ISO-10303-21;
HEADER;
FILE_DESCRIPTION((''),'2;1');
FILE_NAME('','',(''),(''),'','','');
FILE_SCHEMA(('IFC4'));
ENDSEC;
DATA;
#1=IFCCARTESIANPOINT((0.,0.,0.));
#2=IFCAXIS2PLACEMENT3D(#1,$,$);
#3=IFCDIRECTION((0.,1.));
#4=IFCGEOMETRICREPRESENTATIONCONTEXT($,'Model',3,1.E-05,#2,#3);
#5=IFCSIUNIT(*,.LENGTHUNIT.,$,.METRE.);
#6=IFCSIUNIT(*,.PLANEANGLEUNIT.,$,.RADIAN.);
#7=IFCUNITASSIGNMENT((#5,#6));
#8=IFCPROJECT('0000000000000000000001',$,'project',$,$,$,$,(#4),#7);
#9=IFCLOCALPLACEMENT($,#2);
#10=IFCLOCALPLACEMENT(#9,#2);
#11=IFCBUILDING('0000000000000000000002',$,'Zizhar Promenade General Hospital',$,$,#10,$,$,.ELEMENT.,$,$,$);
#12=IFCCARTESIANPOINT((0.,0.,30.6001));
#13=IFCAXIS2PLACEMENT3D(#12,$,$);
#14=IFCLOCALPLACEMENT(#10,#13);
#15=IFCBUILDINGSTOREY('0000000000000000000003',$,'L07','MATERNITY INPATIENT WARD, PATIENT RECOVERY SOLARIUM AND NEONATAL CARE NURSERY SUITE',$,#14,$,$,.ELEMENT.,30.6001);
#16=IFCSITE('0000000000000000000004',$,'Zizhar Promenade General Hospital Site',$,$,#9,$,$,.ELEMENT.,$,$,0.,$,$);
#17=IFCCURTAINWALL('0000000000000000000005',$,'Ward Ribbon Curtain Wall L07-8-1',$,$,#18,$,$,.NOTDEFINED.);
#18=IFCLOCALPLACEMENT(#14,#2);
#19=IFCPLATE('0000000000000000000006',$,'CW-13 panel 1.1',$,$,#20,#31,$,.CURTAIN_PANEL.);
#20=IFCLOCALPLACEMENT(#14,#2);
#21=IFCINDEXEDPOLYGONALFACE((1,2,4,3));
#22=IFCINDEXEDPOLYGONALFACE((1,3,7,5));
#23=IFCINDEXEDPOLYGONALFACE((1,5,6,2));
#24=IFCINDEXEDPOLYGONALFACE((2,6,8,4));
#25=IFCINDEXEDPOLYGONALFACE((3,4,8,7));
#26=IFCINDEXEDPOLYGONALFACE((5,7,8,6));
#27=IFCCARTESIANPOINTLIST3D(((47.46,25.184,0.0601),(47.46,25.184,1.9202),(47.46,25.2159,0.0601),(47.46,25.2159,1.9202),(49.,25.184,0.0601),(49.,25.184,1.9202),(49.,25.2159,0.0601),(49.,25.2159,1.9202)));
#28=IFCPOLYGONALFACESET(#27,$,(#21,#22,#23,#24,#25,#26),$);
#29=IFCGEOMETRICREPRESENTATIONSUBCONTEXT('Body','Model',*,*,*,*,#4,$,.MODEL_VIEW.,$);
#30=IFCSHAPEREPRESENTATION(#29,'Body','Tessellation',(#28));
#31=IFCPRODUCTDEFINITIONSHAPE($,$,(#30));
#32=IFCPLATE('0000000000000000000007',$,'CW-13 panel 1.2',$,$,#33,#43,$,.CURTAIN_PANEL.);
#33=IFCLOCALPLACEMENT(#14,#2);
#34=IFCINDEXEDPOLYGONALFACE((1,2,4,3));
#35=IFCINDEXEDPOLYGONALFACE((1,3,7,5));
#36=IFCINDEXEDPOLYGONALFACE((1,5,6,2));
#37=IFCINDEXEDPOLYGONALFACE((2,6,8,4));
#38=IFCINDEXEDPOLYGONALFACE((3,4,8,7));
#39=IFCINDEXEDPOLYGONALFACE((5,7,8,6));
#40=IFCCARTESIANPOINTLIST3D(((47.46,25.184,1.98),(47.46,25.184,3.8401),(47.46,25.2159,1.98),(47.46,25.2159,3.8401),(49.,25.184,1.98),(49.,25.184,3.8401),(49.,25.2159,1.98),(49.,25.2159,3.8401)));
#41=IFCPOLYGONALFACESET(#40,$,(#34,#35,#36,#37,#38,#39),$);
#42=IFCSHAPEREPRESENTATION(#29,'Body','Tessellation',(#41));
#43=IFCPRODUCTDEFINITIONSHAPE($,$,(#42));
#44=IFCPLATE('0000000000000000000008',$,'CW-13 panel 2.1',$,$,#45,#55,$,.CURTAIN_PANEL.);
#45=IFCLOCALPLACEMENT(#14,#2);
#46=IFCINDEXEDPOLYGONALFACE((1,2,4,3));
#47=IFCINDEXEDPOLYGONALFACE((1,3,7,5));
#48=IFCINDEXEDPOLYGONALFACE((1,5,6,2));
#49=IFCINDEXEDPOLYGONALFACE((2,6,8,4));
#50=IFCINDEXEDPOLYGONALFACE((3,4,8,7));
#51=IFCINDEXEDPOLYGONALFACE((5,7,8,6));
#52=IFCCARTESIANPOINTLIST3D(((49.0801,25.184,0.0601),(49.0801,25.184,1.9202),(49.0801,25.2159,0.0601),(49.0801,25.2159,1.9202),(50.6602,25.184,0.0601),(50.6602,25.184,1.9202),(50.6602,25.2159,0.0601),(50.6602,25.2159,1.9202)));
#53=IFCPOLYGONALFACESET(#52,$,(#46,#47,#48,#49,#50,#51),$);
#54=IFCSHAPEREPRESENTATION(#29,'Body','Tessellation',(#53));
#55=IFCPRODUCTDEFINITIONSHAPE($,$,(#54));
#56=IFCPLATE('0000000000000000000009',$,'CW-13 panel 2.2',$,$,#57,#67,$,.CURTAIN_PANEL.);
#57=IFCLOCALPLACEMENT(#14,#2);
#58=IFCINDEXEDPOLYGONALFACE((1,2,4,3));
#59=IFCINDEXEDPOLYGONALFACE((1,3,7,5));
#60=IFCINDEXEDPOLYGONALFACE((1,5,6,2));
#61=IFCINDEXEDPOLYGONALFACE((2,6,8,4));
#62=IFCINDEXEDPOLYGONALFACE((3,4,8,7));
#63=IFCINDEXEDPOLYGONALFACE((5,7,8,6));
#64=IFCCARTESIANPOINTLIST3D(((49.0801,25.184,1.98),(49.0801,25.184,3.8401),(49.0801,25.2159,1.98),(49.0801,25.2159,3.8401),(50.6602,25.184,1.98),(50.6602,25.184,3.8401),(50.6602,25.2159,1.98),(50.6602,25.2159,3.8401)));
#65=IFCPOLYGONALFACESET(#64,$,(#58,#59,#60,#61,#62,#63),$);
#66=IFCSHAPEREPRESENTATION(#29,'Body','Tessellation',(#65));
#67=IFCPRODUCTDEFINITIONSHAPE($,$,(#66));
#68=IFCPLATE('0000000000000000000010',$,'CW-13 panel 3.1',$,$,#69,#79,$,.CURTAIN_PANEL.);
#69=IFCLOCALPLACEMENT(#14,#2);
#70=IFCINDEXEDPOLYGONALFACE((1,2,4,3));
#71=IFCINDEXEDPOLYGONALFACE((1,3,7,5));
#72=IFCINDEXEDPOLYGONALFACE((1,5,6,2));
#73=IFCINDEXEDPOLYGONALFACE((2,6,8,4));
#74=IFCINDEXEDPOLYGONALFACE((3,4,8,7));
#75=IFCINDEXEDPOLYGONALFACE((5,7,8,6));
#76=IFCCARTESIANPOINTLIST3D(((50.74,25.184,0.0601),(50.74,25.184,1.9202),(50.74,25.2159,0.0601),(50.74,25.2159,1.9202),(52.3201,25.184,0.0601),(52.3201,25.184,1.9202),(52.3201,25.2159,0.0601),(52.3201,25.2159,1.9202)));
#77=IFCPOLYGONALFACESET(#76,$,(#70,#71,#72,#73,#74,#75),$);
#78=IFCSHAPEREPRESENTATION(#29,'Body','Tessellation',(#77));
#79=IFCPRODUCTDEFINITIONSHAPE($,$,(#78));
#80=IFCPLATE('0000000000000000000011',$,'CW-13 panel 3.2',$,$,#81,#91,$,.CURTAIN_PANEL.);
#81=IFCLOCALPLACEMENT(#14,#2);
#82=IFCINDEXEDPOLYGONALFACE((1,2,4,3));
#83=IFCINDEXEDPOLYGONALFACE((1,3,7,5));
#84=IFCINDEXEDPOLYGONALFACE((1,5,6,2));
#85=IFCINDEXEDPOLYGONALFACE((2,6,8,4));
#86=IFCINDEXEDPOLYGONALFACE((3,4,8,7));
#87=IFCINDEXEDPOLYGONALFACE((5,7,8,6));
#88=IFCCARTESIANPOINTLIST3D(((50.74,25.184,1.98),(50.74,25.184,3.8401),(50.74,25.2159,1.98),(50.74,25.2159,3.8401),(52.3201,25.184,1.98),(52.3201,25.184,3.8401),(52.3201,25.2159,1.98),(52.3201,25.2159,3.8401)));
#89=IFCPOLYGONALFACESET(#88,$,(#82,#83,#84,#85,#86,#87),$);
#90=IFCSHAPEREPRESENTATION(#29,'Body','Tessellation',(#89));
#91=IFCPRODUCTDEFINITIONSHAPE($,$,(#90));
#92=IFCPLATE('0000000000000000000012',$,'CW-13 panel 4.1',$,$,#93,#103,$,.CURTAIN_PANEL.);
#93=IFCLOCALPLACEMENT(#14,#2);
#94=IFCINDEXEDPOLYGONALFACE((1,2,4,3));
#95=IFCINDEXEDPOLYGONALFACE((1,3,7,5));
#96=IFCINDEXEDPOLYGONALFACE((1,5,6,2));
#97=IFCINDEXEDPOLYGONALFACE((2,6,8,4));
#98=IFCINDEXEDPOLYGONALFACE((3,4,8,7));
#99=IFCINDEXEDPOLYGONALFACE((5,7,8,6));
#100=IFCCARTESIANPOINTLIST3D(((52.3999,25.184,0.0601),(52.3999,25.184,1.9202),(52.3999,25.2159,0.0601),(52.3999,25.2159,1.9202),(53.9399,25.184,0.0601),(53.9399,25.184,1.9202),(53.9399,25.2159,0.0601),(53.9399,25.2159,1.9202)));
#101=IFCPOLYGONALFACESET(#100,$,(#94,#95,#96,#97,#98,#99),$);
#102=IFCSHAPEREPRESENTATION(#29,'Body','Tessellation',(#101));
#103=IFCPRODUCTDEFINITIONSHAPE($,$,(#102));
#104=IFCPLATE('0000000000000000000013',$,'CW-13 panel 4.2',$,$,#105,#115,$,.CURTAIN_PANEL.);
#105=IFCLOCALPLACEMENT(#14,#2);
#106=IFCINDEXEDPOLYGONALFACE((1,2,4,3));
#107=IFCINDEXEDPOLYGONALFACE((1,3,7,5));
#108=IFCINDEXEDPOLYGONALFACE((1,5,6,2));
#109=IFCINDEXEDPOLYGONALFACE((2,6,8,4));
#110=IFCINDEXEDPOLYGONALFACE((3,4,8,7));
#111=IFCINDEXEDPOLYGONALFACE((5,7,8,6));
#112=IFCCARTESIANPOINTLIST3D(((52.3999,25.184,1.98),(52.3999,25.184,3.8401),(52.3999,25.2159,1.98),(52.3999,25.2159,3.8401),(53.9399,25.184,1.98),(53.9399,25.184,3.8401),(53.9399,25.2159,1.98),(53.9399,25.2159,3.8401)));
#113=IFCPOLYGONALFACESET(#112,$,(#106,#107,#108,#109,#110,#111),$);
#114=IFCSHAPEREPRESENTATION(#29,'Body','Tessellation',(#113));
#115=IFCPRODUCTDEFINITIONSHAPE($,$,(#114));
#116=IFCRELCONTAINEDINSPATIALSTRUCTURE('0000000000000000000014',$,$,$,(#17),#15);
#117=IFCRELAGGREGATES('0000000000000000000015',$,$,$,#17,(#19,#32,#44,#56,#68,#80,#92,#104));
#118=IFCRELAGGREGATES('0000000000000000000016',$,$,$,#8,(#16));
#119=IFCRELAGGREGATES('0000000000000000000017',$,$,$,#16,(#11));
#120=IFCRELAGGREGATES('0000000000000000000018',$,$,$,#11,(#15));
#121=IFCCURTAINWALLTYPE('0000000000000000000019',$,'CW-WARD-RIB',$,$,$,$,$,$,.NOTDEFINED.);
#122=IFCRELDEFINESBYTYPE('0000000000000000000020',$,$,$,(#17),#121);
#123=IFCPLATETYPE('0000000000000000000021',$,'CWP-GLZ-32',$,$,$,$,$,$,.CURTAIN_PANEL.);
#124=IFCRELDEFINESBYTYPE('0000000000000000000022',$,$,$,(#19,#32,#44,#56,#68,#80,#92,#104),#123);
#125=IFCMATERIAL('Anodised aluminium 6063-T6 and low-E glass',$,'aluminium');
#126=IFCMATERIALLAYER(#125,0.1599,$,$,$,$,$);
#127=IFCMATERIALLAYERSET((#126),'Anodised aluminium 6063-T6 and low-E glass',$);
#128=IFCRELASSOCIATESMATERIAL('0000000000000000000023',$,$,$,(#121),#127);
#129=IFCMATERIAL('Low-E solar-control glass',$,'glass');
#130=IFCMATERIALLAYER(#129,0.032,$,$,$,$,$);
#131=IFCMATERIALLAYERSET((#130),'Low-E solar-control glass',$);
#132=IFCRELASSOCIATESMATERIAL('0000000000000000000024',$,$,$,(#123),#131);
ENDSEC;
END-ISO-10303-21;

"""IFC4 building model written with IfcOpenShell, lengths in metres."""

from ifc_helpers import new_model, si_unit, direction, frame, origin, origin_2d, place, context, subcontext, project, spatial, rectangle, extrude, material, layer, layer_set, type_object, element, aggregate, save


model = new_model("IFC4")

# Units and contexts
model_context = context("Model", 3, precision=1e-05, world=origin(), true_north=direction((0.0, 1.0)))
body_context = subcontext(model_context, "Body", "Model", "MODEL_VIEW")
ifc_project = project(units=[si_unit("LENGTHUNIT", "METRE"), si_unit("PLANEANGLEUNIT", "RADIAN")], contexts=[model_context])

# Site, building, storey
site_placement = place(None, origin())
site = spatial("IfcSite", under=ifc_project, at=site_placement, Name="Zizhar Promenade General Hospital Site", CompositionType="ELEMENT", RefElevation=0.0)
building_placement = place(site_placement, origin())
building = spatial("IfcBuilding", under=site, at=building_placement, Name="Zizhar Promenade General Hospital", CompositionType="ELEMENT")
storey_placement = place(building_placement, frame((0.0, 0.0, 30.6001)))
storey = spatial("IfcBuildingStorey", under=building, at=storey_placement, Name="L07", Description="MATERNITY INPATIENT WARD, PATIENT RECOVERY SOLARIUM AND NEONATAL CARE NURSERY SUITE", CompositionType="ELEMENT", Elevation=30.6001)

# Curtain wall
ifc_material_1 = material(Name="Anodised aluminium 6063-T6 and low-E glass", Category="aluminium")
ifc_layer_1 = layer(ifc_material_1, 0.1599)
ifc_layer_set_1 = layer_set([ifc_layer_1], Name="Anodised aluminium 6063-T6 and low-E glass")
curtain_wall_type = type_object("IfcCurtainWallType", Name="CW-WARD-RIB", PredefinedType="NOTDEFINED", material=ifc_layer_set_1)
curtain_wall_1_placement = place(storey_placement, origin())
curtain_wall_1 = element("IfcCurtainWall", 1, at=curtain_wall_1_placement, inside=storey, type_object=curtain_wall_type, Name="Ward Ribbon Curtain Wall L07-8-1", PredefinedType="NOTDEFINED")

# Plates
ifc_material_2 = material(Name="Low-E solar-control glass", Category="glass")
ifc_layer_2 = layer(ifc_material_2, 0.032)
ifc_layer_set_2 = layer_set([ifc_layer_2], Name="Low-E solar-control glass")
plate_type = type_object("IfcPlateType", Name="CWP-GLZ-32", PredefinedType="CURTAIN_PANEL", material=ifc_layer_set_2)
plate_1_placement = place(storey_placement, frame((48.23, 25.2, 0.0601), z_axis=(0.0, 0.0, 1.0), x_axis=(1.0, 0.0, 0.0)))
plate_1 = element("IfcPlate", 2, at=plate_1_placement, type_object=plate_type, Name="CW-13 panel 1.1", PredefinedType="CURTAIN_PANEL", context=body_context, shape_type="SweptSolid", body=[
    extrude(rectangle(XDim=1.54, YDim=0.032, at=origin_2d()), origin(), (0.0, 0.0, 1.0), 1.8601),
])
plate_2_placement = place(storey_placement, frame((48.23, 25.2, 1.98), z_axis=(0.0, 0.0, 1.0), x_axis=(1.0, 0.0, 0.0)))
plate_2 = element("IfcPlate", 3, at=plate_2_placement, type_object=plate_type, Name="CW-13 panel 1.2", PredefinedType="CURTAIN_PANEL", context=body_context, shape_type="SweptSolid", body=[
    extrude(rectangle(XDim=1.54, YDim=0.032, at=origin_2d()), origin(), (0.0, 0.0, 1.0), 1.8601),
])
plate_3_placement = place(storey_placement, frame((49.8701, 25.2, 0.0601), z_axis=(0.0, 0.0, 1.0), x_axis=(1.0, 0.0, 0.0)))
plate_3 = element("IfcPlate", 4, at=plate_3_placement, type_object=plate_type, Name="CW-13 panel 2.1", PredefinedType="CURTAIN_PANEL", context=body_context, shape_type="SweptSolid", body=[
    extrude(rectangle(XDim=1.5801, YDim=0.032, at=origin_2d()), origin(), (0.0, 0.0, 1.0), 1.8601),
])
plate_4_placement = place(storey_placement, frame((49.8701, 25.2, 1.98), z_axis=(0.0, 0.0, 1.0), x_axis=(1.0, 0.0, 0.0)))
plate_4 = element("IfcPlate", 5, at=plate_4_placement, type_object=plate_type, Name="CW-13 panel 2.2", PredefinedType="CURTAIN_PANEL", context=body_context, shape_type="SweptSolid", body=[
    extrude(rectangle(XDim=1.5801, YDim=0.032, at=origin_2d()), origin(), (0.0, 0.0, 1.0), 1.8601),
])
plate_5_placement = place(storey_placement, frame((51.53, 25.2, 0.0601), z_axis=(0.0, 0.0, 1.0), x_axis=(1.0, 0.0, 0.0)))
plate_5 = element("IfcPlate", 6, at=plate_5_placement, type_object=plate_type, Name="CW-13 panel 3.1", PredefinedType="CURTAIN_PANEL", context=body_context, shape_type="SweptSolid", body=[
    extrude(rectangle(XDim=1.5801, YDim=0.032, at=origin_2d()), origin(), (0.0, 0.0, 1.0), 1.8601),
])
plate_6_placement = place(storey_placement, frame((51.53, 25.2, 1.98), z_axis=(0.0, 0.0, 1.0), x_axis=(1.0, 0.0, 0.0)))
plate_6 = element("IfcPlate", 7, at=plate_6_placement, type_object=plate_type, Name="CW-13 panel 3.2", PredefinedType="CURTAIN_PANEL", context=body_context, shape_type="SweptSolid", body=[
    extrude(rectangle(XDim=1.5801, YDim=0.032, at=origin_2d()), origin(), (0.0, 0.0, 1.0), 1.8601),
])
plate_7_placement = place(storey_placement, frame((53.1699, 25.2, 0.0601), z_axis=(0.0, 0.0, 1.0), x_axis=(1.0, 0.0, 0.0)))
plate_7 = element("IfcPlate", 8, at=plate_7_placement, type_object=plate_type, Name="CW-13 panel 4.1", PredefinedType="CURTAIN_PANEL", context=body_context, shape_type="SweptSolid", body=[
    extrude(rectangle(XDim=1.54, YDim=0.032, at=origin_2d()), origin(), (0.0, 0.0, 1.0), 1.8601),
])
plate_8_placement = place(storey_placement, frame((53.1699, 25.2, 1.98), z_axis=(0.0, 0.0, 1.0), x_axis=(1.0, 0.0, 0.0)))
plate_8 = element("IfcPlate", 9, at=plate_8_placement, type_object=plate_type, Name="CW-13 panel 4.2", PredefinedType="CURTAIN_PANEL", context=body_context, shape_type="SweptSolid", body=[
    extrude(rectangle(XDim=1.54, YDim=0.032, at=origin_2d()), origin(), (0.0, 0.0, 1.0), 1.8601),
])
aggregate(curtain_wall_1, [plate_1, plate_2, plate_3, plate_4, plate_5, plate_6, plate_7, plate_8])

save(model, "model.ifc")
